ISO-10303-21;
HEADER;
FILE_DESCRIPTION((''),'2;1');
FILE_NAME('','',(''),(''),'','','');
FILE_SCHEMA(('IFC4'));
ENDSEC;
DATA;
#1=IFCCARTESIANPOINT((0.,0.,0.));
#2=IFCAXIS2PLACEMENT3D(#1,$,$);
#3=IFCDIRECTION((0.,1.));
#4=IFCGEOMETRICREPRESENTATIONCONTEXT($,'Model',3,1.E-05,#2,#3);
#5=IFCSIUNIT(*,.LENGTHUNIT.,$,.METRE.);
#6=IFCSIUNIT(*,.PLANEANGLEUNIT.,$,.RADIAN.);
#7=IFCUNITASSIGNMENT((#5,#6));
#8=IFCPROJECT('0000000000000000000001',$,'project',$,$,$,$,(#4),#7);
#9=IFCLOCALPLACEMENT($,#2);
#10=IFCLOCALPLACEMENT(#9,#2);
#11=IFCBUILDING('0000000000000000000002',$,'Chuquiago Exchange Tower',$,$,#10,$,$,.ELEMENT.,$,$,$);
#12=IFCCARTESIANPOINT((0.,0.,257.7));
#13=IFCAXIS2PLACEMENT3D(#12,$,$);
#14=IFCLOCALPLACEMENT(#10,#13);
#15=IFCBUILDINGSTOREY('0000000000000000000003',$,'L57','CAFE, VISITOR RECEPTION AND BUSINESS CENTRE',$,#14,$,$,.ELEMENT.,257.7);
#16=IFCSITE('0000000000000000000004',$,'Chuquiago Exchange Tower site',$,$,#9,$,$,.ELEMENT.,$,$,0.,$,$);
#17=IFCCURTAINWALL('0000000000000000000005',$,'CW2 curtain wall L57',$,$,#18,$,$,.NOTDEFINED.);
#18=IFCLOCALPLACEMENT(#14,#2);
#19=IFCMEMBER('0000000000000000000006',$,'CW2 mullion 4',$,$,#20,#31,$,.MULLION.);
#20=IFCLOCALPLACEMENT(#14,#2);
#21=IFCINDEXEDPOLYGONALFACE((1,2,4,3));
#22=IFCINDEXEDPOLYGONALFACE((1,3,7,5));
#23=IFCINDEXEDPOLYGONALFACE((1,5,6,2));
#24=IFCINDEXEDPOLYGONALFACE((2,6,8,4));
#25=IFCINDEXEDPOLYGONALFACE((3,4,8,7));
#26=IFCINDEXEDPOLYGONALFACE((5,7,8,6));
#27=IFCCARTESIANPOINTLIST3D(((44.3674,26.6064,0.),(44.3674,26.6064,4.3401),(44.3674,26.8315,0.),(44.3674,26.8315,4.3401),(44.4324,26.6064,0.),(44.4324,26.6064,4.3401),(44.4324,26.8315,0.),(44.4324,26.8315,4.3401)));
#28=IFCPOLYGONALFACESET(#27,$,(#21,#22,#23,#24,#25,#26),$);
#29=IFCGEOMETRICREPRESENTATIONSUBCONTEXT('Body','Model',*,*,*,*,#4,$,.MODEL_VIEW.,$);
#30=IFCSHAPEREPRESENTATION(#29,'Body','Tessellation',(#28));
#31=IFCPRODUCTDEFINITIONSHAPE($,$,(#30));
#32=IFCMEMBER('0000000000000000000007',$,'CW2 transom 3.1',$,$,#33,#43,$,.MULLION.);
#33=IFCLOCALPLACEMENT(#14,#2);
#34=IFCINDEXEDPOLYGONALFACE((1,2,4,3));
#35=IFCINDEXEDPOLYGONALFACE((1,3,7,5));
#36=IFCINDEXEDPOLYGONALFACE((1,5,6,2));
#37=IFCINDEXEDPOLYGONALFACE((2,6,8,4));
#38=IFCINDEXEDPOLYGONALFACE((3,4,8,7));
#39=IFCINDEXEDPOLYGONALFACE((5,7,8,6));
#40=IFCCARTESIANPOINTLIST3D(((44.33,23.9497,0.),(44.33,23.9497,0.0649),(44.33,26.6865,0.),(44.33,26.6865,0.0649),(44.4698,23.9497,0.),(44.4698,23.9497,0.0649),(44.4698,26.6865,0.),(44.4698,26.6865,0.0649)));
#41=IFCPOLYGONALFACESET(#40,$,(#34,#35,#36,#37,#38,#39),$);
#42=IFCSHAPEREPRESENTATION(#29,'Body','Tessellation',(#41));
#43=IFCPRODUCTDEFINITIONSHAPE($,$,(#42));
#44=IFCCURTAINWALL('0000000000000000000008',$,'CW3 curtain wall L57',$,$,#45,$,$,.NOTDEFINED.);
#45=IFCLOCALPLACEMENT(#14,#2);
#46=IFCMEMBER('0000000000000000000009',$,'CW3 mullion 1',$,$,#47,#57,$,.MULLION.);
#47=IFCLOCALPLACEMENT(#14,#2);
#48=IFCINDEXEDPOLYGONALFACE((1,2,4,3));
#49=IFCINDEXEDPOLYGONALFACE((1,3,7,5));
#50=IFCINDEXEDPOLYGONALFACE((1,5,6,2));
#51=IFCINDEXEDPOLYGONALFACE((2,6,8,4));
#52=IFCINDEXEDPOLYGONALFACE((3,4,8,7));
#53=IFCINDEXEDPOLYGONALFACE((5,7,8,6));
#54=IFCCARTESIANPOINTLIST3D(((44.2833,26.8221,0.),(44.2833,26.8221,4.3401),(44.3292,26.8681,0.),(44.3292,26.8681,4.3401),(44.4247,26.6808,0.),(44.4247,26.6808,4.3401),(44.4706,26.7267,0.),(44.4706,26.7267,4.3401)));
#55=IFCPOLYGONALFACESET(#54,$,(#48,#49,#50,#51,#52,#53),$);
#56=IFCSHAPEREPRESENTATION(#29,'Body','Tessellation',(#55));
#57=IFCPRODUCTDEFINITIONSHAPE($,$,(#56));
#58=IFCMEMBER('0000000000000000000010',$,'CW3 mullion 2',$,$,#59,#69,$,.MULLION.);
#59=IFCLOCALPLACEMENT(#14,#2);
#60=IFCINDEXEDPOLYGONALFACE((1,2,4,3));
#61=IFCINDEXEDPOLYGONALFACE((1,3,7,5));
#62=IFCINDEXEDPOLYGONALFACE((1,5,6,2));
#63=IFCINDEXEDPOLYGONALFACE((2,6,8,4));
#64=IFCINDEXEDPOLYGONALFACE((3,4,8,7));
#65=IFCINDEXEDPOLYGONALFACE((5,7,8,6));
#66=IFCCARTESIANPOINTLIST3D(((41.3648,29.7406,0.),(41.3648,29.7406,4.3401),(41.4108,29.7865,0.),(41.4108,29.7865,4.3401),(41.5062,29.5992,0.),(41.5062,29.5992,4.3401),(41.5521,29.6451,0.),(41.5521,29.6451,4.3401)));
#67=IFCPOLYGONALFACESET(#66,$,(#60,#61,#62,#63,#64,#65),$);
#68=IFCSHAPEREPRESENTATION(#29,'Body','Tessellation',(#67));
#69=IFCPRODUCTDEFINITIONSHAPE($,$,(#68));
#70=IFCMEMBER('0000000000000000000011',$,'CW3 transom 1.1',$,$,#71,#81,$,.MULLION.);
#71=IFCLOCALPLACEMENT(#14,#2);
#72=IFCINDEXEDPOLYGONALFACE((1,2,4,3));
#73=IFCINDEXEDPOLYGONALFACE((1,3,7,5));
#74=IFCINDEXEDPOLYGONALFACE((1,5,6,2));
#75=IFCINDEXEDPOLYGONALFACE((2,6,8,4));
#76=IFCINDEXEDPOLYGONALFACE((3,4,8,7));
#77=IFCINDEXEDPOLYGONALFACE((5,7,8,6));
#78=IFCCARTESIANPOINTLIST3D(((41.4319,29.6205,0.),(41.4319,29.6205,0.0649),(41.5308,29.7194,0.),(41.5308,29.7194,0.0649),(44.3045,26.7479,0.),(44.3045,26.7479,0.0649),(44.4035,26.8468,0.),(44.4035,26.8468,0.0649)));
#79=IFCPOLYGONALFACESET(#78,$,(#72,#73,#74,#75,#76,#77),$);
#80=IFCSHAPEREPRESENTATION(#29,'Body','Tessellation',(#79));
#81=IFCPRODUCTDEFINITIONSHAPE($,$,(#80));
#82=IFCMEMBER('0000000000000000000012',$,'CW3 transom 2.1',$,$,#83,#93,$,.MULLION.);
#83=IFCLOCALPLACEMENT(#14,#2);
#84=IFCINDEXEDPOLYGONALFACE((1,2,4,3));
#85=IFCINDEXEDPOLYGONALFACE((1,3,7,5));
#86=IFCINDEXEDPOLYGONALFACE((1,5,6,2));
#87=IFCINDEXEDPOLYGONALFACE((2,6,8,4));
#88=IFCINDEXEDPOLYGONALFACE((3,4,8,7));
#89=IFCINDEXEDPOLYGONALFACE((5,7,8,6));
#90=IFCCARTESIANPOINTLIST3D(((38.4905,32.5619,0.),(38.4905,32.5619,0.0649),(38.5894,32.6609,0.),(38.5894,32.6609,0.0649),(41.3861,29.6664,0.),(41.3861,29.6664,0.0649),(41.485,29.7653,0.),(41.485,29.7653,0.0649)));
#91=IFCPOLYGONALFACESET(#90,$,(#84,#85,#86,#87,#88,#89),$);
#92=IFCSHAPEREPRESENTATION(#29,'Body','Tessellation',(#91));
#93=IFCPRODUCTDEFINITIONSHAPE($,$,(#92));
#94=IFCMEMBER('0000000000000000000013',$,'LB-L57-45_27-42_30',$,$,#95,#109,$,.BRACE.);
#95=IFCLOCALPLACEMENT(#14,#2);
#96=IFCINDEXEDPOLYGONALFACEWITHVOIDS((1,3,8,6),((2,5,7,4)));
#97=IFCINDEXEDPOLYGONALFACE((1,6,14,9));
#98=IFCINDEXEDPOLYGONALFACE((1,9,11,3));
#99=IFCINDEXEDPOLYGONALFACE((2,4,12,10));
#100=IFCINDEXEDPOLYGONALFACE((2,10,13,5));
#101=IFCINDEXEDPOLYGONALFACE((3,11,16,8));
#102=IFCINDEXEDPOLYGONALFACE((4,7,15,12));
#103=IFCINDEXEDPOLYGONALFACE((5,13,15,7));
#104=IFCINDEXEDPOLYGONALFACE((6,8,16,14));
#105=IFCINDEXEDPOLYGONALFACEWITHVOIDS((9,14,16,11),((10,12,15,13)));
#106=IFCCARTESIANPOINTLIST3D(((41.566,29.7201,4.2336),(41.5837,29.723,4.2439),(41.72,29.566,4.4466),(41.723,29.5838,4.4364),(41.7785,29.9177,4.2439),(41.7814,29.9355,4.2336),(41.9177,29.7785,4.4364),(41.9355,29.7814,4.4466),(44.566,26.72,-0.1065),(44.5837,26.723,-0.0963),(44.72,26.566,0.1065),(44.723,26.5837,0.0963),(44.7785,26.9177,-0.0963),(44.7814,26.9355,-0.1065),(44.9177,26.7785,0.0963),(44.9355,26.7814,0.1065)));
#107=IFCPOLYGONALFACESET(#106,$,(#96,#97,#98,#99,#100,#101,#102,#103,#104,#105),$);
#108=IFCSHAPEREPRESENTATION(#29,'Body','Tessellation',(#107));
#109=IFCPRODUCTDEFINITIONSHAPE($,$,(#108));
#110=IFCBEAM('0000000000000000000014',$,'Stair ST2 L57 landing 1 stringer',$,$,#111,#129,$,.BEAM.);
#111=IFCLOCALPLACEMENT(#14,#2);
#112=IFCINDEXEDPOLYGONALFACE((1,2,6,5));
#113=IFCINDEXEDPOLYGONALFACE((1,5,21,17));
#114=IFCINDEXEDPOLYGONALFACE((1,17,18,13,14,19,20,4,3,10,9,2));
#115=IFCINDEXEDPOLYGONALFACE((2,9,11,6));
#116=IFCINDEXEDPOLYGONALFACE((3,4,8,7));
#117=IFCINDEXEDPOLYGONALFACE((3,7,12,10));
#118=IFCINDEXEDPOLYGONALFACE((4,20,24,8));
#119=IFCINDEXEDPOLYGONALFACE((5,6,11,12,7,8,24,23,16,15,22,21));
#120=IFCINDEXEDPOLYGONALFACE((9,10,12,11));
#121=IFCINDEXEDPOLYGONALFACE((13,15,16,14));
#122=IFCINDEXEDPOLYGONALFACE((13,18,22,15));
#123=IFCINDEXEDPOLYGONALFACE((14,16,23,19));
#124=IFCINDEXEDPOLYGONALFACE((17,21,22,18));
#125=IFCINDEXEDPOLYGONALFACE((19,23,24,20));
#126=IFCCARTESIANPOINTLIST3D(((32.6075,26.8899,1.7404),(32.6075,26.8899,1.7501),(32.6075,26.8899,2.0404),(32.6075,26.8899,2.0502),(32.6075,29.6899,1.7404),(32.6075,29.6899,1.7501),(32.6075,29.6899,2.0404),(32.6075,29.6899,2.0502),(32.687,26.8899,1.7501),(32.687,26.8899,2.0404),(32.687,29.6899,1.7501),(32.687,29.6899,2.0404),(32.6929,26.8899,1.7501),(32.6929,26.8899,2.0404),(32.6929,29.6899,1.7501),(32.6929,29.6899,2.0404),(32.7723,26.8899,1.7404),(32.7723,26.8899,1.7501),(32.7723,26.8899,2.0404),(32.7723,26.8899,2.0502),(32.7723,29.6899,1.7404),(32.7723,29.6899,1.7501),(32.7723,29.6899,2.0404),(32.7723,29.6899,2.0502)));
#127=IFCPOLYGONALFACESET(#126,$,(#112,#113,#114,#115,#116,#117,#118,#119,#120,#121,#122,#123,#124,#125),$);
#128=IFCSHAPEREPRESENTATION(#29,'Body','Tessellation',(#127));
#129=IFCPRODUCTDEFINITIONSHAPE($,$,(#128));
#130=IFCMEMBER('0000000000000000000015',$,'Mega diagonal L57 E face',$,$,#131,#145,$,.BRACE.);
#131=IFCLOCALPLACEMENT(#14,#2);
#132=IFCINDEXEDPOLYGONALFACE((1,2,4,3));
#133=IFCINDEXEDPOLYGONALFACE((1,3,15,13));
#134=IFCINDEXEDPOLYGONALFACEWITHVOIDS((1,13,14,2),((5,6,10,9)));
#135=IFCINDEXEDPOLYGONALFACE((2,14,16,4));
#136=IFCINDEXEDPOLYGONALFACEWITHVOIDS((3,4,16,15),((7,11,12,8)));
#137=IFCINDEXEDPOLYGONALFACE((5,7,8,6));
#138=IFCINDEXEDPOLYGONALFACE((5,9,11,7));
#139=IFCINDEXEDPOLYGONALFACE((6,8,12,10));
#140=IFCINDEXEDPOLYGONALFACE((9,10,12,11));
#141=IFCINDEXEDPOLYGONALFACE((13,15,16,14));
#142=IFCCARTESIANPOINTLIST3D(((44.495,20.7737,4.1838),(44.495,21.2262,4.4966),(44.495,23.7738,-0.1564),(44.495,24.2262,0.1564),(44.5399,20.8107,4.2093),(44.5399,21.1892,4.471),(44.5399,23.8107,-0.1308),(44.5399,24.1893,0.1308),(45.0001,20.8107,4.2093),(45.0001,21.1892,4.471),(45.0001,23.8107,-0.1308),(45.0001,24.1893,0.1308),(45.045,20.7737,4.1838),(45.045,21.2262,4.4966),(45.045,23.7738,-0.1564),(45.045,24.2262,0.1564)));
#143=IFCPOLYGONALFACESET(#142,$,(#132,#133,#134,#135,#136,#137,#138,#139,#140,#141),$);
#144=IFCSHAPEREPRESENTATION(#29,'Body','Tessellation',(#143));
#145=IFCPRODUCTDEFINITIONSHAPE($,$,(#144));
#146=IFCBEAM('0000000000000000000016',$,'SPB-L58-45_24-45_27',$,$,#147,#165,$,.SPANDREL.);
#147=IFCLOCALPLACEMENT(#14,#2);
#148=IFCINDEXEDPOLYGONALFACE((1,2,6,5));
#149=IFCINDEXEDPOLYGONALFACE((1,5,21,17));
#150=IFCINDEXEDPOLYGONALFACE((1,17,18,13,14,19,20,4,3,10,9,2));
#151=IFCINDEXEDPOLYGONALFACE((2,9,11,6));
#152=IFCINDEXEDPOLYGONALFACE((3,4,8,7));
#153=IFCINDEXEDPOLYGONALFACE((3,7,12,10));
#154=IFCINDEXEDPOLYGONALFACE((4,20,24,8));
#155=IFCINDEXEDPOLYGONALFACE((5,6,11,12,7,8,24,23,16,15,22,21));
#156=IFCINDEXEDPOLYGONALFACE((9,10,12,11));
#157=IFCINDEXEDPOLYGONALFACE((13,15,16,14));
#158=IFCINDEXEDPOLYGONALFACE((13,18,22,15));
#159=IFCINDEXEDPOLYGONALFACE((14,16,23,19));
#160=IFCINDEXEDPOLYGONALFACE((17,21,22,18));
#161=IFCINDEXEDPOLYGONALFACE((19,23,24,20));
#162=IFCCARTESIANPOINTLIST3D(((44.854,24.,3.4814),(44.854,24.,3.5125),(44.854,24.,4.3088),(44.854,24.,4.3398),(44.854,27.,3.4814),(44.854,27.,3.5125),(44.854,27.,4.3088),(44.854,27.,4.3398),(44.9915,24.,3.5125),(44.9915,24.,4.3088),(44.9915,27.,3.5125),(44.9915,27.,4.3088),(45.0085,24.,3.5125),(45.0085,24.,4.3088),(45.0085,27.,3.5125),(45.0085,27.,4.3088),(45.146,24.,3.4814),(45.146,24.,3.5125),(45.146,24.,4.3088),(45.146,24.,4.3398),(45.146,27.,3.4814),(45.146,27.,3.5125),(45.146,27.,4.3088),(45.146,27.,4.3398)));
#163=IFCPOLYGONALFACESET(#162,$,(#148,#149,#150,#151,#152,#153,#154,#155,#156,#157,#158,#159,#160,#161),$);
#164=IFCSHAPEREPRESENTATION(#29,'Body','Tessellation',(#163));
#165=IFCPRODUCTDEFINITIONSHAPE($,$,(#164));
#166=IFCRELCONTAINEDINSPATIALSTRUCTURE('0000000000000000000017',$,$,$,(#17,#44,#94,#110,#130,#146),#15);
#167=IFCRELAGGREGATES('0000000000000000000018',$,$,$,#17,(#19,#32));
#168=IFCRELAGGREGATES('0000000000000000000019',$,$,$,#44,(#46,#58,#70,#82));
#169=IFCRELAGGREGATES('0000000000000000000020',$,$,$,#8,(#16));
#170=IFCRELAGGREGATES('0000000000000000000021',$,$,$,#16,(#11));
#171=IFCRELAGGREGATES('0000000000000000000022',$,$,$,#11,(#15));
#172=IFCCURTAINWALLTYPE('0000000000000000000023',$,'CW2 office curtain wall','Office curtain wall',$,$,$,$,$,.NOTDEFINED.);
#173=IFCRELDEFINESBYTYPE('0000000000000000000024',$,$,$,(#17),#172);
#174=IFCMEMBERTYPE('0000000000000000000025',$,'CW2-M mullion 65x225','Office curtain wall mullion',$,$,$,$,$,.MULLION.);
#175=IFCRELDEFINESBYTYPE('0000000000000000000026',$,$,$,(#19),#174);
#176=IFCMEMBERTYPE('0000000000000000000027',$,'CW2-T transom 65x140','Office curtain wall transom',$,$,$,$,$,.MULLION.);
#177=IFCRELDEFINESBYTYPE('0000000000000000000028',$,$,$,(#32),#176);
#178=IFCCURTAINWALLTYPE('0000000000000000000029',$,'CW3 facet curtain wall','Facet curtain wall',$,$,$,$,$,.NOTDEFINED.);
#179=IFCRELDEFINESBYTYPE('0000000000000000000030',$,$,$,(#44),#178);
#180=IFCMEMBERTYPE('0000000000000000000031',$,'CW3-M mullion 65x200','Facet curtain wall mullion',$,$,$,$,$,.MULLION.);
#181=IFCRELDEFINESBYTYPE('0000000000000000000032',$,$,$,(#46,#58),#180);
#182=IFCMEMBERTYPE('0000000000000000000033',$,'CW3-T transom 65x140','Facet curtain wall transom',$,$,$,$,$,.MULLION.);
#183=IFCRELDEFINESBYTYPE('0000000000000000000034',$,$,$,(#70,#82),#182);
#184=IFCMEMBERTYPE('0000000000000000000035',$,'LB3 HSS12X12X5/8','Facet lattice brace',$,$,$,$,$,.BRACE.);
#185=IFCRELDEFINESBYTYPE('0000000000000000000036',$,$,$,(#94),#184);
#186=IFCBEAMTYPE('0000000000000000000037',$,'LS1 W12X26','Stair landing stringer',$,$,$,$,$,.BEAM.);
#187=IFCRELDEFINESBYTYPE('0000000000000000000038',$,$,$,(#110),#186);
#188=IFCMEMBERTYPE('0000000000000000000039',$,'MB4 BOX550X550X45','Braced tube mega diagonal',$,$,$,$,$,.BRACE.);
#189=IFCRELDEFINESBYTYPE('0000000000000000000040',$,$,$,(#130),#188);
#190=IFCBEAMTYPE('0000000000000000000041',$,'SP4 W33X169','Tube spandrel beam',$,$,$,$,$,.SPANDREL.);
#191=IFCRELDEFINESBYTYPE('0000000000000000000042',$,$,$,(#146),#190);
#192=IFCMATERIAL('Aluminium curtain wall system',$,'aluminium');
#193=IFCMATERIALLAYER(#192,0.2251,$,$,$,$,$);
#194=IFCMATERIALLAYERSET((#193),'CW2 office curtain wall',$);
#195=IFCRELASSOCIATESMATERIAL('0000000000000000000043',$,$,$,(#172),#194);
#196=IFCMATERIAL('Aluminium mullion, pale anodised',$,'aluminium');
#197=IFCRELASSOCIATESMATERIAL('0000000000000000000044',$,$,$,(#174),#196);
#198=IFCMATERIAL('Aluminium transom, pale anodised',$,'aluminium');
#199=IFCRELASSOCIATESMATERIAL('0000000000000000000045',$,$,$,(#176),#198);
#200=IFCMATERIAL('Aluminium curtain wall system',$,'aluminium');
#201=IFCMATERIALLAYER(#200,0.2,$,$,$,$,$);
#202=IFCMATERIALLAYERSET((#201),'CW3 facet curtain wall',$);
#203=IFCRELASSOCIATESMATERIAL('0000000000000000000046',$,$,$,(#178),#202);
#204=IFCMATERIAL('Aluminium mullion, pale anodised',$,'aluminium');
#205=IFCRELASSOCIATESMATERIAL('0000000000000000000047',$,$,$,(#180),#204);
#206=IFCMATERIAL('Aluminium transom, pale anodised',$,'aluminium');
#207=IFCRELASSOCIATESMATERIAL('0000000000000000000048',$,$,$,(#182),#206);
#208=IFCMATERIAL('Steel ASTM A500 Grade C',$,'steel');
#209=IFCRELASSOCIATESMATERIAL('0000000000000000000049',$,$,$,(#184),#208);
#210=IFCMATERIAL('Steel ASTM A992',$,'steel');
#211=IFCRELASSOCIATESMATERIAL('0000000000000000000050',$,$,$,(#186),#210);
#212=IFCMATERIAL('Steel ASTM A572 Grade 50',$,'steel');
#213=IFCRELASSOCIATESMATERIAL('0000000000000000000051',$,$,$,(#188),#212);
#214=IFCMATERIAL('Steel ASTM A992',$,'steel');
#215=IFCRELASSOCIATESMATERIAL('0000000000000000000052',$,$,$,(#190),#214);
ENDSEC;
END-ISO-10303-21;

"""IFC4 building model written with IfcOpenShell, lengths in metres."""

from ifc_helpers import new_model, si_unit, direction, frame, origin, origin_2d, place, context, subcontext, project, spatial, rectangle, hollow_rectangle, i_section, extrude, material, layer, layer_set, material_profile, profile_set, type_object, element, aggregate, save


model = new_model("IFC4")

# Units and contexts
model_context = context("Model", 3, precision=1e-05, world=origin(), true_north=direction((0.0, 1.0)))
body_context = subcontext(model_context, "Body", "Model", "MODEL_VIEW")
ifc_project = project(units=[si_unit("LENGTHUNIT", "METRE"), si_unit("PLANEANGLEUNIT", "RADIAN")], contexts=[model_context])

# Site, building, storey
site_placement = place(None, origin())
site = spatial("IfcSite", under=ifc_project, at=site_placement, Name="Chuquiago Exchange Tower site", CompositionType="ELEMENT", RefElevation=0.0)
building_placement = place(site_placement, origin())
building = spatial("IfcBuilding", under=site, at=building_placement, Name="Chuquiago Exchange Tower", CompositionType="ELEMENT")
storey_placement = place(building_placement, frame((0.0, 0.0, 257.7)))
storey = spatial("IfcBuildingStorey", under=building, at=storey_placement, Name="L57", Description="CAFE, VISITOR RECEPTION AND BUSINESS CENTRE", CompositionType="ELEMENT", Elevation=257.7)

# Curtain walls, members
ifc_material_1 = material(Name="Aluminium curtain wall system", Category="aluminium")
ifc_layer_1 = layer(ifc_material_1, 0.2251)
ifc_layer_set_1 = layer_set([ifc_layer_1], Name="CW2 office curtain wall")
curtain_wall_type_1 = type_object("IfcCurtainWallType", Name="CW2 office curtain wall", Description="Office curtain wall", PredefinedType="NOTDEFINED", material=ifc_layer_set_1)
curtain_wall_1_placement = place(storey_placement, origin())
curtain_wall_1 = element("IfcCurtainWall", 1, at=curtain_wall_1_placement, inside=storey, type_object=curtain_wall_type_1, Name="CW2 curtain wall L57", PredefinedType="NOTDEFINED")
ifc_material_2 = material(Name="Aluminium mullion, pale anodised", Category="aluminium")
ifc_material_profile_1 = material_profile(ifc_material_2, rectangle(XDim=0.0649, YDim=0.2251, at=origin_2d()), Name="AL 65x225")
ifc_profile_set_1 = profile_set([ifc_material_profile_1], Name="Aluminium mullion, pale anodised")
member_type_1 = type_object("IfcMemberType", Name="CW2-M mullion 65x225", Description="Office curtain wall mullion", PredefinedType="MULLION", material=ifc_profile_set_1)
member_1_placement = place(storey_placement, frame((44.3999, 26.719, 0.0), z_axis=(0.0, 0.0, 1.0), x_axis=(-1.0, 0.0, 0.0)))
member_1 = element("IfcMember", 2, at=member_1_placement, type_object=member_type_1, Name="CW2 mullion 4", PredefinedType="MULLION", context=body_context, shape_type="SweptSolid", body=[
    extrude(rectangle(XDim=0.0649, YDim=0.2251, at=origin_2d()), origin(), (0.0, 0.0, 1.0), 4.3401),
])
ifc_material_3 = material(Name="Aluminium transom, pale anodised", Category="aluminium")
ifc_material_profile_2 = material_profile(ifc_material_3, rectangle(XDim=0.1399, YDim=0.0649, at=origin_2d()), Name="AL 140x65")
ifc_profile_set_2 = profile_set([ifc_material_profile_2], Name="Aluminium transom, pale anodised")
member_type_2 = type_object("IfcMemberType", Name="CW2-T transom 65x140", Description="Office curtain wall transom", PredefinedType="MULLION", material=ifc_profile_set_2)
member_2_placement = place(storey_placement, frame((44.3999, 23.9497, 0.0325), z_axis=(0.0, 1.0, 0.0), x_axis=(-1.0, 0.0, 0.0)))
member_2 = element("IfcMember", 3, at=member_2_placement, type_object=member_type_2, Name="CW2 transom 3.1", PredefinedType="MULLION", context=body_context, shape_type="SweptSolid", body=[
    extrude(rectangle(XDim=0.1399, YDim=0.0649, at=origin_2d()), origin(), (0.0, 0.0, 1.0), 2.7368),
])
ifc_material_4 = material(Name="Aluminium curtain wall system", Category="aluminium")
ifc_layer_2 = layer(ifc_material_4, 0.2)
ifc_layer_set_2 = layer_set([ifc_layer_2], Name="CW3 facet curtain wall")
curtain_wall_type_2 = type_object("IfcCurtainWallType", Name="CW3 facet curtain wall", Description="Facet curtain wall", PredefinedType="NOTDEFINED", material=ifc_layer_set_2)
curtain_wall_2_placement = place(storey_placement, origin())
curtain_wall_2 = element("IfcCurtainWall", 4, at=curtain_wall_2_placement, inside=storey, type_object=curtain_wall_type_2, Name="CW3 curtain wall L57", PredefinedType="NOTDEFINED")
ifc_material_5 = material(Name="Aluminium mullion, pale anodised", Category="aluminium")
ifc_material_profile_3 = material_profile(ifc_material_5, rectangle(XDim=0.0649, YDim=0.2, at=origin_2d()), Name="AL 65x200")
ifc_profile_set_3 = profile_set([ifc_material_profile_3], Name="Aluminium mullion, pale anodised")
member_type_3 = type_object("IfcMemberType", Name="CW3-M mullion 65x200", Description="Facet curtain wall mullion", PredefinedType="MULLION", material=ifc_profile_set_3)
member_3_placement = place(storey_placement, frame((44.377, 26.7744, 0.0), z_axis=(0.0, 0.0, 1.0), x_axis=(-0.707107, -0.707107, 0.0)))
member_3 = element("IfcMember", 5, at=member_3_placement, type_object=member_type_3, Name="CW3 mullion 1", PredefinedType="MULLION", context=body_context, shape_type="SweptSolid", body=[
    extrude(rectangle(XDim=0.0649, YDim=0.2, at=origin_2d()), origin(), (0.0, 0.0, 1.0), 4.3401),
])
member_4_placement = place(storey_placement, frame((41.4585, 29.6929, 0.0), z_axis=(0.0, 0.0, 1.0), x_axis=(-0.707107, -0.707107, 0.0)))
member_4 = element("IfcMember", 6, at=member_4_placement, type_object=member_type_3, Name="CW3 mullion 2", PredefinedType="MULLION", context=body_context, shape_type="SweptSolid", body=[
    extrude(rectangle(XDim=0.0649, YDim=0.2, at=origin_2d()), origin(), (0.0, 0.0, 1.0), 4.3401),
])
ifc_material_6 = material(Name="Aluminium transom, pale anodised", Category="aluminium")
ifc_material_profile_4 = material_profile(ifc_material_6, rectangle(XDim=0.1399, YDim=0.0649, at=origin_2d()), Name="AL 140x65")
ifc_profile_set_4 = profile_set([ifc_material_profile_4], Name="Aluminium transom, pale anodised")
member_type_4 = type_object("IfcMemberType", Name="CW3-T transom 65x140", Description="Facet curtain wall transom", PredefinedType="MULLION", material=ifc_profile_set_4)
member_5_placement = place(storey_placement, frame((44.354, 26.7974, 0.0325), z_axis=(-0.707107, 0.707107, 0.0), x_axis=(-0.707107, -0.707107, 0.0)))
member_5 = element("IfcMember", 7, at=member_5_placement, type_object=member_type_4, Name="CW3 transom 1.1", PredefinedType="MULLION", context=body_context, shape_type="SweptSolid", body=[
    extrude(rectangle(XDim=0.1399, YDim=0.0649, at=origin_2d()), origin(), (0.0, 0.0, 1.0), 4.0625),
])
member_6_placement = place(storey_placement, frame((41.4355, 29.7158, 0.0325), z_axis=(-0.707107, 0.707107, 0.0), x_axis=(-0.707107, -0.707107, 0.0)))
member_6 = element("IfcMember", 8, at=member_6_placement, type_object=member_type_4, Name="CW3 transom 2.1", PredefinedType="MULLION", context=body_context, shape_type="SweptSolid", body=[
    extrude(rectangle(XDim=0.1399, YDim=0.0649, at=origin_2d()), origin(), (0.0, 0.0, 1.0), 4.095),
])

# Member
ifc_material_7 = material(Name="Steel ASTM A500 Grade C", Category="steel")
ifc_material_profile_5 = material_profile(ifc_material_7, hollow_rectangle(XDim=0.3047, YDim=0.3047, WallThickness=0.0146, at=origin_2d()), Name="HSS12X12X5/8")
ifc_profile_set_5 = profile_set([ifc_material_profile_5], Name="Steel ASTM A500 Grade C")
member_type_5 = type_object("IfcMemberType", Name="LB3 HSS12X12X5/8", Description="Facet lattice brace", PredefinedType="BRACE", material=ifc_profile_set_5)
member_7_placement = place(storey_placement, frame((44.7507, 26.7507, 0.0), z_axis=(-0.494291, 0.494291, 0.715089), x_axis=(-0.707107, -0.707107, 0.0)))
element("IfcMember", 9, at=member_7_placement, inside=storey, type_object=member_type_5, Name="LB-L57-45_27-42_30", PredefinedType="BRACE", context=body_context, shape_type="SweptSolid", body=[
    extrude(hollow_rectangle(XDim=0.3047, YDim=0.3047, WallThickness=0.0146, at=origin_2d()), origin(), (0.0, 0.0, 1.0), 6.0693),
])

# Beam
ifc_material_8 = material(Name="Steel ASTM A992", Category="steel")
ifc_material_profile_6 = material_profile(ifc_material_8, i_section(OverallWidth=0.1648, OverallDepth=0.3098, WebThickness=0.0059, FlangeThickness=0.0098, at=origin_2d()), Name="W12X26")
ifc_profile_set_6 = profile_set([ifc_material_profile_6], Name="Steel ASTM A992")
beam_type_1 = type_object("IfcBeamType", Name="LS1 W12X26", Description="Stair landing stringer", PredefinedType="BEAM", material=ifc_profile_set_6)
beam_1_placement = place(storey_placement, frame((32.6899, 26.8899, 1.8953), z_axis=(0.0, 1.0, 0.0), x_axis=(-1.0, 0.0, 0.0)))
element("IfcBeam", 10, at=beam_1_placement, inside=storey, type_object=beam_type_1, Name="Stair ST2 L57 landing 1 stringer", PredefinedType="BEAM", context=body_context, shape_type="SweptSolid", body=[
    extrude(i_section(OverallWidth=0.1648, OverallDepth=0.3098, WebThickness=0.0059, FlangeThickness=0.0098, at=origin_2d()), origin(), (0.0, 0.0, 1.0), 2.8),
])

# Member
ifc_material_9 = material(Name="Steel ASTM A572 Grade 50", Category="steel")
ifc_material_profile_7 = material_profile(ifc_material_9, hollow_rectangle(XDim=0.55, YDim=0.55, WallThickness=0.0449, at=origin_2d()), Name="BOX550X550X45")
ifc_profile_set_7 = profile_set([ifc_material_profile_7], Name="Steel ASTM A572 Grade 50")
member_type_6 = type_object("IfcMemberType", Name="MB4 BOX550X550X45", Description="Braced tube mega diagonal", PredefinedType="BRACE", material=ifc_profile_set_7)
member_8_placement = place(storey_placement, frame((44.77, 24.0, 0.0), z_axis=(0.0, -0.568611, 0.822607), x_axis=(1.0, 0.0, 0.0)))
element("IfcMember", 11, at=member_8_placement, inside=storey, type_object=member_type_6, Name="Mega diagonal L57 E face", PredefinedType="BRACE", context=body_context, shape_type="SweptSolid", body=[
    extrude(hollow_rectangle(XDim=0.55, YDim=0.55, WallThickness=0.0449, at=origin_2d()), origin(), (0.0, 0.0, 1.0), 5.2761),
])

# Beam
ifc_material_10 = material(Name="Steel ASTM A992", Category="steel")
ifc_material_profile_8 = material_profile(ifc_material_10, i_section(OverallWidth=0.292, OverallDepth=0.8584, WebThickness=0.0171, FlangeThickness=0.031, at=origin_2d()), Name="W33X169")
ifc_profile_set_8 = profile_set([ifc_material_profile_8], Name="Steel ASTM A992")
beam_type_2 = type_object("IfcBeamType", Name="SP4 W33X169", Description="Tube spandrel beam", PredefinedType="SPANDREL", material=ifc_profile_set_8)
beam_2_placement = place(storey_placement, frame((45.0, 24.0, 3.9106), z_axis=(0.0, 1.0, 0.0), x_axis=(-1.0, 0.0, 0.0)))
element("IfcBeam", 12, at=beam_2_placement, inside=storey, type_object=beam_type_2, Name="SPB-L58-45_24-45_27", PredefinedType="SPANDREL", context=body_context, shape_type="SweptSolid", body=[
    extrude(i_section(OverallWidth=0.292, OverallDepth=0.8584, WebThickness=0.0171, FlangeThickness=0.031, at=origin_2d()), origin(), (0.0, 0.0, 1.0), 3.0),
])

aggregate(curtain_wall_1, [member_1, member_2])
aggregate(curtain_wall_2, [member_3, member_4, member_5, member_6])

save(model, "model.ifc")
